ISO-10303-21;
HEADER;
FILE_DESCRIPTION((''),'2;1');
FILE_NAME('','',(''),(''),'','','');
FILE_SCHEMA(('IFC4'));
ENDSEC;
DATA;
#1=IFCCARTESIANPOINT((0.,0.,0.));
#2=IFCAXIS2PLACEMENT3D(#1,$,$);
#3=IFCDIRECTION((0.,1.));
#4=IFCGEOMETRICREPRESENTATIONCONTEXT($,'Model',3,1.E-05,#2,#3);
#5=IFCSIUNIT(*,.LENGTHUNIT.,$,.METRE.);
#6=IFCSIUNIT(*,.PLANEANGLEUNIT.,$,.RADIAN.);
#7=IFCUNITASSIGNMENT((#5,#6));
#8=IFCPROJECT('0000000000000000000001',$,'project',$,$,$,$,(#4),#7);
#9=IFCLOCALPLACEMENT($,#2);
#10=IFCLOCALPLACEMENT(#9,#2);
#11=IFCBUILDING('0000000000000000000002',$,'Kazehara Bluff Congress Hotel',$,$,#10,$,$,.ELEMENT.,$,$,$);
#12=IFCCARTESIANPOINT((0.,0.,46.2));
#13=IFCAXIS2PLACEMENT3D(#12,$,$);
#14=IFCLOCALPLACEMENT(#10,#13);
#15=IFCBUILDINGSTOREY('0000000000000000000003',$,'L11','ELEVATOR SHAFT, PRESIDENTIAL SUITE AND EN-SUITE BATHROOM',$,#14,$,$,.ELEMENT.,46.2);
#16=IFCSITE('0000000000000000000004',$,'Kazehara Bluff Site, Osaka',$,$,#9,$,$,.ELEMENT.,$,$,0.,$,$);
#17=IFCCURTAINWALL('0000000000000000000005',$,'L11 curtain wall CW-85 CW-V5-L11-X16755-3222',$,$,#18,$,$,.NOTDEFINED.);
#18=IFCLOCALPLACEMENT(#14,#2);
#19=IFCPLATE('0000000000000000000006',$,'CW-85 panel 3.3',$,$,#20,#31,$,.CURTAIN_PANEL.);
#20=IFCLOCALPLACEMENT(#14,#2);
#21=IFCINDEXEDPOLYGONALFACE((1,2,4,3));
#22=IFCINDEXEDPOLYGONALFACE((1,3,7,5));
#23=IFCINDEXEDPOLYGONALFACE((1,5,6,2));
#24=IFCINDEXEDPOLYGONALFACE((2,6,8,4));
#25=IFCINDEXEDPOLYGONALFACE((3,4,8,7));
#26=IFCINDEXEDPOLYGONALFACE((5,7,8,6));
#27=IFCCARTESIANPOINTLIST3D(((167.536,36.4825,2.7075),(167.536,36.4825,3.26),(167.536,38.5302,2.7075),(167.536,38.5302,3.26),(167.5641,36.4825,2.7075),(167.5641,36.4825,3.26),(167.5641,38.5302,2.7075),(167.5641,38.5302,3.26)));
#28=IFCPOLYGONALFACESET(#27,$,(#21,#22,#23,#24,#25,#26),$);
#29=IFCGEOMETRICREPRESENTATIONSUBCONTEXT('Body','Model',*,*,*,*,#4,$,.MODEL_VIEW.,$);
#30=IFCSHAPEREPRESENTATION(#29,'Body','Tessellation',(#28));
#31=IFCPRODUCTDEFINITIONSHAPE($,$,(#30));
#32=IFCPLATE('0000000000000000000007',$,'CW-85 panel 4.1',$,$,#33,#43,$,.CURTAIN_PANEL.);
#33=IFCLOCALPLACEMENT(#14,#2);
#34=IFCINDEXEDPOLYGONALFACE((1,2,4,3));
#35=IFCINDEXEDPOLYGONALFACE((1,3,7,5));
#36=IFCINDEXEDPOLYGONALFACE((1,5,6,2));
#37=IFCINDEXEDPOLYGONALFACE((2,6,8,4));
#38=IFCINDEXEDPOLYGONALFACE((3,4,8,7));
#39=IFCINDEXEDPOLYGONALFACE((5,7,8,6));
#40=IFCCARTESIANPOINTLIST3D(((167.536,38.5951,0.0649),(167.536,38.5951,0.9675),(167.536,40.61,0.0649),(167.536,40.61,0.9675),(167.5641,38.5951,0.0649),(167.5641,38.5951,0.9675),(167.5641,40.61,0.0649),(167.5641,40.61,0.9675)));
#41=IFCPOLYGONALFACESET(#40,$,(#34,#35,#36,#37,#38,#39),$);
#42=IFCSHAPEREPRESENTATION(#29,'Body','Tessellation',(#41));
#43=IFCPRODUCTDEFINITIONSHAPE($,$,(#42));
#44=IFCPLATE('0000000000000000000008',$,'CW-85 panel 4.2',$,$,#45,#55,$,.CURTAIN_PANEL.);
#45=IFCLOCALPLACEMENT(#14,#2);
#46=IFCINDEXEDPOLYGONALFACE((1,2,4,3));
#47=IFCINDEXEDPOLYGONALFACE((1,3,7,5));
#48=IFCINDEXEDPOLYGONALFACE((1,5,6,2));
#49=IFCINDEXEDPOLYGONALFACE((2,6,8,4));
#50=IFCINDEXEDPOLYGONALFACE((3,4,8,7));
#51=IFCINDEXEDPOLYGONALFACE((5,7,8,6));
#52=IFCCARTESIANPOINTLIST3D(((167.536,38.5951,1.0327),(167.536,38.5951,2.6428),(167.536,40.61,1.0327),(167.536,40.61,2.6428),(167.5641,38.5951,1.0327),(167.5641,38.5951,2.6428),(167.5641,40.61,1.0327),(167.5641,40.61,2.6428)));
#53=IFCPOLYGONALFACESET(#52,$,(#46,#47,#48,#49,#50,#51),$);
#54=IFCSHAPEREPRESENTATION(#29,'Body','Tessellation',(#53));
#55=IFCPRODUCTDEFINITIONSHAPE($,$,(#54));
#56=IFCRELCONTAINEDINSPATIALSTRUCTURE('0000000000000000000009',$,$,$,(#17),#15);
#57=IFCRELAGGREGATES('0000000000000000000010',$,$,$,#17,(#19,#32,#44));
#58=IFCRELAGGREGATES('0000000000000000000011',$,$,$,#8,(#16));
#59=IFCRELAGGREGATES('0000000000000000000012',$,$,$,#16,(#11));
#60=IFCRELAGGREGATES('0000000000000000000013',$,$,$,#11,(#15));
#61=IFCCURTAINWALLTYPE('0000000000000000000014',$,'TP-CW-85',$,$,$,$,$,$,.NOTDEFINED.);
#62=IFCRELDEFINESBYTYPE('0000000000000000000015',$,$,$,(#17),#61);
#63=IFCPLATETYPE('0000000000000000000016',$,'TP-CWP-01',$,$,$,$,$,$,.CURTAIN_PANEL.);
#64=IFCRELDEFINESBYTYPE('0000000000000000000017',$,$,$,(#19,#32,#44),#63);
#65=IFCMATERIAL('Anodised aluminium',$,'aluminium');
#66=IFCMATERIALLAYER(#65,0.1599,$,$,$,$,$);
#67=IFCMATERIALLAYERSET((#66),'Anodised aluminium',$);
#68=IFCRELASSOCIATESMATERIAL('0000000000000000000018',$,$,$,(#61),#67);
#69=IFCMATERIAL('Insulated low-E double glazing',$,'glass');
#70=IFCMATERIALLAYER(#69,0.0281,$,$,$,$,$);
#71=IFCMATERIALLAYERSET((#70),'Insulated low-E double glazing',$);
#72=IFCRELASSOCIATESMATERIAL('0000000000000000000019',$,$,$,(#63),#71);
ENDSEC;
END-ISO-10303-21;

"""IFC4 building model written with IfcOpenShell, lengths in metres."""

from ifc_helpers import new_model, si_unit, direction, frame, origin, origin_2d, place, context, subcontext, project, spatial, rectangle, extrude, material, layer, layer_set, type_object, element, aggregate, save


model = new_model("IFC4")

# Units and contexts
model_context = context("Model", 3, precision=1e-05, world=origin(), true_north=direction((0.0, 1.0)))
body_context = subcontext(model_context, "Body", "Model", "MODEL_VIEW")
ifc_project = project(units=[si_unit("LENGTHUNIT", "METRE"), si_unit("PLANEANGLEUNIT", "RADIAN")], contexts=[model_context])

# Site, building, storey
site_placement = place(None, origin())
site = spatial("IfcSite", under=ifc_project, at=site_placement, Name="Kazehara Bluff Site, Osaka", CompositionType="ELEMENT", RefElevation=0.0)
building_placement = place(site_placement, origin())
building = spatial("IfcBuilding", under=site, at=building_placement, Name="Kazehara Bluff Congress Hotel", CompositionType="ELEMENT")
storey_placement = place(building_placement, frame((0.0, 0.0, 46.2)))
storey = spatial("IfcBuildingStorey", under=building, at=storey_placement, Name="L11", Description="ELEVATOR SHAFT, PRESIDENTIAL SUITE AND EN-SUITE BATHROOM", CompositionType="ELEMENT", Elevation=46.2)

# Curtain wall
ifc_material_1 = material(Name="Anodised aluminium", Category="aluminium")
ifc_layer_1 = layer(ifc_material_1, 0.1599)
ifc_layer_set_1 = layer_set([ifc_layer_1], Name="Anodised aluminium")
curtain_wall_type = type_object("IfcCurtainWallType", Name="TP-CW-85", PredefinedType="NOTDEFINED", material=ifc_layer_set_1)
curtain_wall_placement = place(storey_placement, origin())
curtain_wall = element("IfcCurtainWall", 1, at=curtain_wall_placement, inside=storey, type_object=curtain_wall_type, Name="L11 curtain wall CW-85 CW-V5-L11-X16755-3222", PredefinedType="NOTDEFINED")

# Plates
ifc_material_2 = material(Name="Insulated low-E double glazing", Category="glass")
ifc_layer_2 = layer(ifc_material_2, 0.0281)
ifc_layer_set_2 = layer_set([ifc_layer_2], Name="Insulated low-E double glazing")
plate_type = type_object("IfcPlateType", Name="TP-CWP-01", PredefinedType="CURTAIN_PANEL", material=ifc_layer_set_2)
plate_1_placement = place(storey_placement, frame((167.55, 37.5063, 2.7075), z_axis=(0.0, 0.0, 1.0), x_axis=(0.0, 1.0, 0.0)))
plate_1 = element("IfcPlate", 2, at=plate_1_placement, type_object=plate_type, Name="CW-85 panel 3.3", PredefinedType="CURTAIN_PANEL", context=body_context, shape_type="SweptSolid", body=[
    extrude(rectangle(XDim=2.0476, YDim=0.0281, at=origin_2d()), origin(), (0.0, 0.0, 1.0), 0.5525),
])
plate_2_placement = place(storey_placement, frame((167.55, 39.6025, 0.0649), z_axis=(0.0, 0.0, 1.0), x_axis=(0.0, 1.0, 0.0)))
plate_2 = element("IfcPlate", 3, at=plate_2_placement, type_object=plate_type, Name="CW-85 panel 4.1", PredefinedType="CURTAIN_PANEL", context=body_context, shape_type="SweptSolid", body=[
    extrude(rectangle(XDim=2.0149, YDim=0.0281, at=origin_2d()), origin(), (0.0, 0.0, 1.0), 0.9026),
])
plate_3_placement = place(storey_placement, frame((167.55, 39.6025, 1.0327), z_axis=(0.0, 0.0, 1.0), x_axis=(0.0, 1.0, 0.0)))
plate_3 = element("IfcPlate", 4, at=plate_3_placement, type_object=plate_type, Name="CW-85 panel 4.2", PredefinedType="CURTAIN_PANEL", context=body_context, shape_type="SweptSolid", body=[
    extrude(rectangle(XDim=2.0149, YDim=0.0281, at=origin_2d()), origin(), (0.0, 0.0, 1.0), 1.6101),
])
aggregate(curtain_wall, [plate_1, plate_2, plate_3])

save(model, "model.ifc")
